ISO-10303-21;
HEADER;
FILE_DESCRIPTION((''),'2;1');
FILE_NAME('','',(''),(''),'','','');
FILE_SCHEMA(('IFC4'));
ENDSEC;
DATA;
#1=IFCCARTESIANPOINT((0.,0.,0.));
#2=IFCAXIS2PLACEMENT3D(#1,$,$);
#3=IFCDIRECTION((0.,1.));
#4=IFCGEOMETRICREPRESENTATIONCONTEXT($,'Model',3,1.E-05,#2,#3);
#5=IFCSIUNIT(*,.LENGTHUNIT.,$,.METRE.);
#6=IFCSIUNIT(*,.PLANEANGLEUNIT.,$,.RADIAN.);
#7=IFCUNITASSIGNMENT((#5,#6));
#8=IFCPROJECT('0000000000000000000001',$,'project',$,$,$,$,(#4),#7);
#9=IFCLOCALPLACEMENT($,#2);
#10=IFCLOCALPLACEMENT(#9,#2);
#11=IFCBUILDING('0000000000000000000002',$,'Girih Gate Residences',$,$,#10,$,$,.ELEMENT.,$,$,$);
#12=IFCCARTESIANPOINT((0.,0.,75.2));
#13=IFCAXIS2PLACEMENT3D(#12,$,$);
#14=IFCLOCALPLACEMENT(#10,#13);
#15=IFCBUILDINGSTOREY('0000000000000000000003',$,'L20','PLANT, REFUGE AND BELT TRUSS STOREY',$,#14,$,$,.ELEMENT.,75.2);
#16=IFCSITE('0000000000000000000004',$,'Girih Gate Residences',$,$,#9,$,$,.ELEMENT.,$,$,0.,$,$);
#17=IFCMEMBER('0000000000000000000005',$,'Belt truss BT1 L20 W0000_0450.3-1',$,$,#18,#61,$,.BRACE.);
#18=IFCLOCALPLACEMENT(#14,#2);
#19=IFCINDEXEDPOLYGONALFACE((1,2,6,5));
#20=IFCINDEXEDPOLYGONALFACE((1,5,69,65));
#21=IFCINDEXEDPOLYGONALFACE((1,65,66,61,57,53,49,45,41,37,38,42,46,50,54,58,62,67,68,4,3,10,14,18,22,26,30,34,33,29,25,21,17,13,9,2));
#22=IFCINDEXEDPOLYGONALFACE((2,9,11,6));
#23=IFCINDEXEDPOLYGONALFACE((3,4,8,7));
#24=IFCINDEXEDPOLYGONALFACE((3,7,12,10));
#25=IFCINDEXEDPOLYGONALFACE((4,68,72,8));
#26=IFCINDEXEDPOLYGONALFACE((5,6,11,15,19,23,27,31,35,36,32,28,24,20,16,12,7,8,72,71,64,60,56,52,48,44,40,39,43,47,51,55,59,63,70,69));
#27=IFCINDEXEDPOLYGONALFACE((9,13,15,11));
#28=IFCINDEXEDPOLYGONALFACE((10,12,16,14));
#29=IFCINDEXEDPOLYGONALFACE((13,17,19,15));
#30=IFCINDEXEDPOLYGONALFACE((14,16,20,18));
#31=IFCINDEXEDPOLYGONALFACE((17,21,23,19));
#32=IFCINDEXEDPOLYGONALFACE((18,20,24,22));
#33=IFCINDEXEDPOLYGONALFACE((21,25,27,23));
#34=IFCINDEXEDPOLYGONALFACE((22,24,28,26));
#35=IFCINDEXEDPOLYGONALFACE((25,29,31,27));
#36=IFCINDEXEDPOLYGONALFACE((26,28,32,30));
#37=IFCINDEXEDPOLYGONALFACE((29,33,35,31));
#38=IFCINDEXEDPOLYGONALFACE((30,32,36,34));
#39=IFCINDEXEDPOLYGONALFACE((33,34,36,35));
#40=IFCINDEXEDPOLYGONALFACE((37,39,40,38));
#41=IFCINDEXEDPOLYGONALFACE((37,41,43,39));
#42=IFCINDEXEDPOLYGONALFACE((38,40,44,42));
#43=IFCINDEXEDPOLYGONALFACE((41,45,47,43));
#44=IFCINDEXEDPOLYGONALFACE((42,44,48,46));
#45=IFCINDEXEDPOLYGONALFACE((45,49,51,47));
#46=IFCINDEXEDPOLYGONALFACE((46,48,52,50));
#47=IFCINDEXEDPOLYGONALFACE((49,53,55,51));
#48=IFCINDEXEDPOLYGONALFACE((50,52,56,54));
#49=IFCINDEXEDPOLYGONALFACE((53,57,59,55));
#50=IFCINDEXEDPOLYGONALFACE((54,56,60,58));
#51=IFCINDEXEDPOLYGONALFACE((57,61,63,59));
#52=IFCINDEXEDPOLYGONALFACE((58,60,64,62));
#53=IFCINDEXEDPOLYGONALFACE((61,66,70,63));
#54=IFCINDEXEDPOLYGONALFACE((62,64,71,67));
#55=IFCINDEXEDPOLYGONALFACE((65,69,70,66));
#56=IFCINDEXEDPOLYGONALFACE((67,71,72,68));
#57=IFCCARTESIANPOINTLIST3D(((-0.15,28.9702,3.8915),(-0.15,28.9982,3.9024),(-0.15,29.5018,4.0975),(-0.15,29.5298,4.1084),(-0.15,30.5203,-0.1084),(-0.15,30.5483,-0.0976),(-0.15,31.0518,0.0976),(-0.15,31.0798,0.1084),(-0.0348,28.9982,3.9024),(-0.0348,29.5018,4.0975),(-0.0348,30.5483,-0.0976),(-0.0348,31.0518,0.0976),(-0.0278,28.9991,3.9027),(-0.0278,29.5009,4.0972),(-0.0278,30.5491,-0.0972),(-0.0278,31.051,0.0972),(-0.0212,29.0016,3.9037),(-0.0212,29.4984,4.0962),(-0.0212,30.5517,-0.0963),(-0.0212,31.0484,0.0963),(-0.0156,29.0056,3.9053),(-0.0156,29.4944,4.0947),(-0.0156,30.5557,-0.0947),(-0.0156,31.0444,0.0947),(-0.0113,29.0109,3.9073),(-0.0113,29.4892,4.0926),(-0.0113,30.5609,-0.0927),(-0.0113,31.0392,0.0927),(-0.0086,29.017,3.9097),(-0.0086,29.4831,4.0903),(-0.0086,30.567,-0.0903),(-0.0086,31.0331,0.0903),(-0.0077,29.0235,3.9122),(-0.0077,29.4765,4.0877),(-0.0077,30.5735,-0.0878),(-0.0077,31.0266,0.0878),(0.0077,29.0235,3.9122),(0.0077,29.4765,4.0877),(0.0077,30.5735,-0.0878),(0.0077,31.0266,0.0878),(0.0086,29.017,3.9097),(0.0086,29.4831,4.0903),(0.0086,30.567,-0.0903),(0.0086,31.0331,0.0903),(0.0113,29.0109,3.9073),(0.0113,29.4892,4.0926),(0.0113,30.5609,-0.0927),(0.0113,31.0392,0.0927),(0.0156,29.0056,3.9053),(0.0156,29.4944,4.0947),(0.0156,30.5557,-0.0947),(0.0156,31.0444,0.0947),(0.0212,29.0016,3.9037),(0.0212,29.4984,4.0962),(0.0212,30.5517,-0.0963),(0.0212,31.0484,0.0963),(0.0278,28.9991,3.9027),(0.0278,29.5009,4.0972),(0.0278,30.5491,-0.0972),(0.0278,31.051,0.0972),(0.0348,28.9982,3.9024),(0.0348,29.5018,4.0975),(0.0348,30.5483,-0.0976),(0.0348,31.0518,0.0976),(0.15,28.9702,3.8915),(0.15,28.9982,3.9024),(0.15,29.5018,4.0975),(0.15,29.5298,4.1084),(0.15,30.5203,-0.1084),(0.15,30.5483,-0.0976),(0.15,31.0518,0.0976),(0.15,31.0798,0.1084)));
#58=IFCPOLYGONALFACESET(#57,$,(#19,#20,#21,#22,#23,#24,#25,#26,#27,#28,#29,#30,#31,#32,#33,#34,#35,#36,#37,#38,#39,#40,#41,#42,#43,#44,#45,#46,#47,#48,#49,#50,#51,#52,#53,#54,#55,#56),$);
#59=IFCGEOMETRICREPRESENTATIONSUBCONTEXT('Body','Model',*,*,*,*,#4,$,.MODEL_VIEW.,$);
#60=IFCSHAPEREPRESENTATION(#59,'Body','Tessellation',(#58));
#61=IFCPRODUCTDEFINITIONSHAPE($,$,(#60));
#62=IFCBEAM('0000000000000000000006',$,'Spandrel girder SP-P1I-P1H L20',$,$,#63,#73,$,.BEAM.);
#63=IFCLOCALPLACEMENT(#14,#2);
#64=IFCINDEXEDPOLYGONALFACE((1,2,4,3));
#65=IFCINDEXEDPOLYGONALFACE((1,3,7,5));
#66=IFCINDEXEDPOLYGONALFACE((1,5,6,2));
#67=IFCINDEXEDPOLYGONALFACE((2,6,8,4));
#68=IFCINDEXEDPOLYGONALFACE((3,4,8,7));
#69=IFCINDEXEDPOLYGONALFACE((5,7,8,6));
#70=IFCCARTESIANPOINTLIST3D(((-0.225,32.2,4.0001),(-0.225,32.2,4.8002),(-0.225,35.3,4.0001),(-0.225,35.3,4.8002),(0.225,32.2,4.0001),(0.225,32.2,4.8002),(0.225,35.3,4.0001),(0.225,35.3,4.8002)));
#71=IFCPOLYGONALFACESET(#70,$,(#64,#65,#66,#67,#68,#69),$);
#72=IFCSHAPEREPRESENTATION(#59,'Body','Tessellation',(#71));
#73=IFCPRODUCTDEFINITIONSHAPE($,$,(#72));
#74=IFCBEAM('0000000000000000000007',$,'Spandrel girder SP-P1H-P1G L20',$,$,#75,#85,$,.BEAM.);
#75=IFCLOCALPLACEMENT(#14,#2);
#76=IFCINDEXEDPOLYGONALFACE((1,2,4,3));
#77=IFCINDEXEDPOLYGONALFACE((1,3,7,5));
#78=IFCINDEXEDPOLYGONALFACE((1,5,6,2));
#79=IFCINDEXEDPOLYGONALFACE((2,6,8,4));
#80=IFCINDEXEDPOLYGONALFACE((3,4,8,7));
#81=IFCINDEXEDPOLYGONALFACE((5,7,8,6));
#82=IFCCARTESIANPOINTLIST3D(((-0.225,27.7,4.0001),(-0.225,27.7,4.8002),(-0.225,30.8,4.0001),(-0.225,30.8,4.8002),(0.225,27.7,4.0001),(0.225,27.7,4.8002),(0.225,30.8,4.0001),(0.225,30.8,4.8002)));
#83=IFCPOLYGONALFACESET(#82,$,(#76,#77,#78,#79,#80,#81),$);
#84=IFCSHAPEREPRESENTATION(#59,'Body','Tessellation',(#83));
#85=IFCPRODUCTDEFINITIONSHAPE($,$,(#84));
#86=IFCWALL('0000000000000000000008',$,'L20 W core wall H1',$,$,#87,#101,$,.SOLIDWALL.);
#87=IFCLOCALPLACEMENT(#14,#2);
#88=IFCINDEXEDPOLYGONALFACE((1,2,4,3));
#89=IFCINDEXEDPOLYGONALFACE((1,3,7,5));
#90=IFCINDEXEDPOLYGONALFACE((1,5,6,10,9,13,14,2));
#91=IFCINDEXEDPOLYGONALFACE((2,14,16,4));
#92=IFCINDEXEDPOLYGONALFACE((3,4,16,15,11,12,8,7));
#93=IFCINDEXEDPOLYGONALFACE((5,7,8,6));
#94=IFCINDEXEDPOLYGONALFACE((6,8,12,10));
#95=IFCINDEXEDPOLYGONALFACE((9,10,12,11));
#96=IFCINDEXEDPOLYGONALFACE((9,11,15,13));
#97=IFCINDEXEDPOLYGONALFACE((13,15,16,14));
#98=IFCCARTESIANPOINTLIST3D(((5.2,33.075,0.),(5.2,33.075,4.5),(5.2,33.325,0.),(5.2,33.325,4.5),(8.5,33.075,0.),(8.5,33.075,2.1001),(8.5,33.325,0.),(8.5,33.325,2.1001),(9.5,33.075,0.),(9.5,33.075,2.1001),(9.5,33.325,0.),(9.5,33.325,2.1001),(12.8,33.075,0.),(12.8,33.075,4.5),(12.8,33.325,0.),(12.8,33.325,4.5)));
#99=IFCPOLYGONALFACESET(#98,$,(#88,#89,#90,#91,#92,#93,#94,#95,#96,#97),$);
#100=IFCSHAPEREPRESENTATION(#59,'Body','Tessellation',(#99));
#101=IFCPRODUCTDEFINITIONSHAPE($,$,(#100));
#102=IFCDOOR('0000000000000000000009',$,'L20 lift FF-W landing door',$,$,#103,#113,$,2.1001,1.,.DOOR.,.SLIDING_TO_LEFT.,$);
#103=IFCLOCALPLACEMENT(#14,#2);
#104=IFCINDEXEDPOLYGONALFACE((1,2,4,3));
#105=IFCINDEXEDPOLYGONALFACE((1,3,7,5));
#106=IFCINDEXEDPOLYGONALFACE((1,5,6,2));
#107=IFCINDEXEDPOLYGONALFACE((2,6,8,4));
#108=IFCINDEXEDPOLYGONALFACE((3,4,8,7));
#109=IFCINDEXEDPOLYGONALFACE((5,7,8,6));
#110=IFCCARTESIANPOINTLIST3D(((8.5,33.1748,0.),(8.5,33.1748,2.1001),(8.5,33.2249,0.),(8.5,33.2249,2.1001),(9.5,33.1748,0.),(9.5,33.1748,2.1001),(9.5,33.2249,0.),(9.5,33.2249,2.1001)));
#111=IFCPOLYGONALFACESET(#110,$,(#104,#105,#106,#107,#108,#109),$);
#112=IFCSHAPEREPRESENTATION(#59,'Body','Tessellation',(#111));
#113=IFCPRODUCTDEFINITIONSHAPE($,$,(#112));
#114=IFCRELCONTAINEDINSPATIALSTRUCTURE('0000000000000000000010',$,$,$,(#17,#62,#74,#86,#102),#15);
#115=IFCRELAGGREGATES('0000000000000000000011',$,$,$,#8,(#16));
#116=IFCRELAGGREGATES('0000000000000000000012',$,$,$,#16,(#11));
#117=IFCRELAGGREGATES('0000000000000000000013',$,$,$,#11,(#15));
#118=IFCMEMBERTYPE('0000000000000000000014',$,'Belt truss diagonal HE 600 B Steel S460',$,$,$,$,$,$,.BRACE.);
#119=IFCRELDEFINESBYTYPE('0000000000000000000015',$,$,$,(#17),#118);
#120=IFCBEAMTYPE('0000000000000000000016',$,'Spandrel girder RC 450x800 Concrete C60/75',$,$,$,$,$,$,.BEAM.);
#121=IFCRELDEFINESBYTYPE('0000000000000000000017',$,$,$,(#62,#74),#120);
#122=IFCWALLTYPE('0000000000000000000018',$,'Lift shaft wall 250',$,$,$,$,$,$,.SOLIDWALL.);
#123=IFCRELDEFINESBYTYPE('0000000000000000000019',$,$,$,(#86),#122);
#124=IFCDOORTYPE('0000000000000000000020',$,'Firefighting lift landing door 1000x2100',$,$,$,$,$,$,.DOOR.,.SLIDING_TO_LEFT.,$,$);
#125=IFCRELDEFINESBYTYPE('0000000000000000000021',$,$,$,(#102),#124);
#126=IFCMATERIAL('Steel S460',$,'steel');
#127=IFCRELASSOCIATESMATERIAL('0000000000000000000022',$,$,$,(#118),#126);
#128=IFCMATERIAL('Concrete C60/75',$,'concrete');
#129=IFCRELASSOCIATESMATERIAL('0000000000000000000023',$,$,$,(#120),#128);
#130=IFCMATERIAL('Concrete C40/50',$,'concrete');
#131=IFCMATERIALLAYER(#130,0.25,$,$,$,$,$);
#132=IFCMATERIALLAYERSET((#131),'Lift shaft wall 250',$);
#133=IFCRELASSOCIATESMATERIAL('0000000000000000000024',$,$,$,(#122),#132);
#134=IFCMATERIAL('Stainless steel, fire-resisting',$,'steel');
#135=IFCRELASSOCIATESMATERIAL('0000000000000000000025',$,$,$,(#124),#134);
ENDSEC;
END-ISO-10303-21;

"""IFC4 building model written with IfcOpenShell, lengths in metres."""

from ifc_helpers import new_model, si_unit, direction, frame, frame_2d, origin, origin_2d, place, context, subcontext, project, spatial, rectangle, i_section, extrude, material, layer, layer_set, material_profile, profile_set, type_object, element, fill, save


model = new_model("IFC4")

# Units and contexts
model_context = context("Model", 3, precision=1e-05, world=origin(), true_north=direction((0.0, 1.0)))
body_context = subcontext(model_context, "Body", "Model", "MODEL_VIEW")
ifc_project = project(units=[si_unit("LENGTHUNIT", "METRE"), si_unit("PLANEANGLEUNIT", "RADIAN")], contexts=[model_context])

# Site, building, storey
site_placement = place(None, origin())
site = spatial("IfcSite", under=ifc_project, at=site_placement, Name="Girih Gate Residences", CompositionType="ELEMENT", RefElevation=0.0)
building_placement = place(site_placement, origin())
building = spatial("IfcBuilding", under=site, at=building_placement, Name="Girih Gate Residences", CompositionType="ELEMENT")
storey_placement = place(building_placement, frame((0.0, 0.0, 75.2)))
storey = spatial("IfcBuildingStorey", under=building, at=storey_placement, Name="L20", Description="PLANT, REFUGE AND BELT TRUSS STOREY", CompositionType="ELEMENT", Elevation=75.2)

# Member
ifc_material_1 = material(Name="Steel S460", Category="steel")
ifc_material_profile_1 = material_profile(ifc_material_1, i_section(OverallWidth=0.3, OverallDepth=0.6001, WebThickness=0.0154, FlangeThickness=0.03, FilletRadius=0.0271, at=origin_2d()))
ifc_profile_set_1 = profile_set([ifc_material_profile_1], Name="Steel S460")
member_type = type_object("IfcMemberType", Name="Belt truss diagonal HE 600 B Steel S460", PredefinedType="BRACE", material=ifc_profile_set_1)
for number, where, z_axis, x_axis, name in (
    (1, (0.0, 30.8, 0.0), (0.0, -0.361331, 0.932438), (1.0, 0.0, 0.0), "Belt truss BT1 L20 W0000_0450.3-1"),
):
    element("IfcMember", number, at=place(storey_placement, frame(where, z_axis=z_axis, x_axis=x_axis)), inside=storey, type_object=member_type, Name=name, PredefinedType="BRACE", context=body_context, shape_type="SweptSolid", body=[
        extrude(i_section(OverallWidth=0.3, OverallDepth=0.6001, WebThickness=0.0154, FlangeThickness=0.03, FilletRadius=0.0271, at=origin_2d()), origin(), (0.0, 0.0, 1.0), 4.2898),
    ])

# Beams
ifc_material_2 = material(Name="Concrete C60/75", Category="concrete")
ifc_material_profile_2 = material_profile(ifc_material_2, rectangle(XDim=0.45, YDim=0.8, at=origin_2d()))
ifc_profile_set_2 = profile_set([ifc_material_profile_2], Name="Concrete C60/75")
beam_type = type_object("IfcBeamType", Name="Spandrel girder RC 450x800 Concrete C60/75", PredefinedType="BEAM", material=ifc_profile_set_2)
for number, where, z_axis, x_axis, name in (
    (2, (0.0, 35.3, 4.4001), (0.0, -1.0, 0.0), (1.0, 0.0, 0.0), "Spandrel girder SP-P1I-P1H L20"),
    (3, (0.0, 30.8, 4.4001), (0.0, -1.0, 0.0), (1.0, 0.0, 0.0), "Spandrel girder SP-P1H-P1G L20"),
):
    element("IfcBeam", number, at=place(storey_placement, frame(where, z_axis=z_axis, x_axis=x_axis)), inside=storey, type_object=beam_type, Name=name, PredefinedType="BEAM", context=body_context, shape_type="SweptSolid", body=[
        extrude(rectangle(XDim=0.45, YDim=0.8, at=origin_2d()), origin(), (0.0, 0.0, 1.0), 3.1001),
    ])

# Wall, opening, door
ifc_material_3 = material(Name="Concrete C40/50", Category="concrete")
ifc_layer_1 = layer(ifc_material_3, 0.25)
ifc_layer_set_1 = layer_set([ifc_layer_1], Name="Lift shaft wall 250")
wall_type_1 = type_object("IfcWallType", Name="Lift shaft wall 250", PredefinedType="SOLIDWALL", material=ifc_layer_set_1)
wall_1_placement = place(storey_placement, frame((5.2, 33.2, 0.0), z_axis=(0.0, 0.0, 1.0), x_axis=(1.0, 0.0, 0.0)))
wall_1 = element("IfcWall", 4, at=wall_1_placement, inside=storey, type_object=wall_type_1, Name="L20 W core wall H1", PredefinedType="SOLIDWALL", context=body_context, shape_type="SweptSolid", body=[
    extrude(rectangle(XDim=7.6001, YDim=0.25, at=frame_2d((3.8, 0.0))), origin(), (0.0, 0.0, 1.0), 4.5),
])
opening_1_placement = place(wall_1_placement, frame((3.3, 0.0, 0.0)))
opening_1 = element("IfcOpeningElement", 5, at=opening_1_placement, cuts=wall_1, PredefinedType="OPENING", context=body_context, shape_type="SweptSolid", body=[
    extrude(rectangle(XDim=1.0, YDim=2.1001, at=frame_2d((0.5, 1.05))), frame((0.0, 0.135, 0.0), z_axis=(0.0, -1.0, 0.0), x_axis=(1.0, 0.0, 0.0)), (0.0, 0.0, 1.0), 0.27),
])
ifc_material_4 = material(Name="Stainless steel, fire-resisting", Category="steel")
door_type_1 = type_object("IfcDoorType", Name="Firefighting lift landing door 1000x2100", OperationType="SLIDING_TO_LEFT", PredefinedType="DOOR", material=ifc_material_4)
door_1_placement = place(opening_1_placement, origin())
door_1 = element("IfcDoor", 6, at=door_1_placement, inside=storey, type_object=door_type_1, Name="L20 lift FF-W landing door", OperationType="SLIDING_TO_LEFT", OverallHeight=2.1001, OverallWidth=1.0, PredefinedType="DOOR", context=body_context, shape_type="SweptSolid", body=[
    extrude(rectangle(XDim=1.0, YDim=2.1001, at=frame_2d((0.5, 1.05))), frame((0.0, 0.0249, 0.0), z_axis=(0.0, -1.0, 0.0), x_axis=(1.0, 0.0, 0.0)), (0.0, 0.0, 1.0), 0.05),
])
fill(opening_1, door_1)

save(model, "model.ifc")
